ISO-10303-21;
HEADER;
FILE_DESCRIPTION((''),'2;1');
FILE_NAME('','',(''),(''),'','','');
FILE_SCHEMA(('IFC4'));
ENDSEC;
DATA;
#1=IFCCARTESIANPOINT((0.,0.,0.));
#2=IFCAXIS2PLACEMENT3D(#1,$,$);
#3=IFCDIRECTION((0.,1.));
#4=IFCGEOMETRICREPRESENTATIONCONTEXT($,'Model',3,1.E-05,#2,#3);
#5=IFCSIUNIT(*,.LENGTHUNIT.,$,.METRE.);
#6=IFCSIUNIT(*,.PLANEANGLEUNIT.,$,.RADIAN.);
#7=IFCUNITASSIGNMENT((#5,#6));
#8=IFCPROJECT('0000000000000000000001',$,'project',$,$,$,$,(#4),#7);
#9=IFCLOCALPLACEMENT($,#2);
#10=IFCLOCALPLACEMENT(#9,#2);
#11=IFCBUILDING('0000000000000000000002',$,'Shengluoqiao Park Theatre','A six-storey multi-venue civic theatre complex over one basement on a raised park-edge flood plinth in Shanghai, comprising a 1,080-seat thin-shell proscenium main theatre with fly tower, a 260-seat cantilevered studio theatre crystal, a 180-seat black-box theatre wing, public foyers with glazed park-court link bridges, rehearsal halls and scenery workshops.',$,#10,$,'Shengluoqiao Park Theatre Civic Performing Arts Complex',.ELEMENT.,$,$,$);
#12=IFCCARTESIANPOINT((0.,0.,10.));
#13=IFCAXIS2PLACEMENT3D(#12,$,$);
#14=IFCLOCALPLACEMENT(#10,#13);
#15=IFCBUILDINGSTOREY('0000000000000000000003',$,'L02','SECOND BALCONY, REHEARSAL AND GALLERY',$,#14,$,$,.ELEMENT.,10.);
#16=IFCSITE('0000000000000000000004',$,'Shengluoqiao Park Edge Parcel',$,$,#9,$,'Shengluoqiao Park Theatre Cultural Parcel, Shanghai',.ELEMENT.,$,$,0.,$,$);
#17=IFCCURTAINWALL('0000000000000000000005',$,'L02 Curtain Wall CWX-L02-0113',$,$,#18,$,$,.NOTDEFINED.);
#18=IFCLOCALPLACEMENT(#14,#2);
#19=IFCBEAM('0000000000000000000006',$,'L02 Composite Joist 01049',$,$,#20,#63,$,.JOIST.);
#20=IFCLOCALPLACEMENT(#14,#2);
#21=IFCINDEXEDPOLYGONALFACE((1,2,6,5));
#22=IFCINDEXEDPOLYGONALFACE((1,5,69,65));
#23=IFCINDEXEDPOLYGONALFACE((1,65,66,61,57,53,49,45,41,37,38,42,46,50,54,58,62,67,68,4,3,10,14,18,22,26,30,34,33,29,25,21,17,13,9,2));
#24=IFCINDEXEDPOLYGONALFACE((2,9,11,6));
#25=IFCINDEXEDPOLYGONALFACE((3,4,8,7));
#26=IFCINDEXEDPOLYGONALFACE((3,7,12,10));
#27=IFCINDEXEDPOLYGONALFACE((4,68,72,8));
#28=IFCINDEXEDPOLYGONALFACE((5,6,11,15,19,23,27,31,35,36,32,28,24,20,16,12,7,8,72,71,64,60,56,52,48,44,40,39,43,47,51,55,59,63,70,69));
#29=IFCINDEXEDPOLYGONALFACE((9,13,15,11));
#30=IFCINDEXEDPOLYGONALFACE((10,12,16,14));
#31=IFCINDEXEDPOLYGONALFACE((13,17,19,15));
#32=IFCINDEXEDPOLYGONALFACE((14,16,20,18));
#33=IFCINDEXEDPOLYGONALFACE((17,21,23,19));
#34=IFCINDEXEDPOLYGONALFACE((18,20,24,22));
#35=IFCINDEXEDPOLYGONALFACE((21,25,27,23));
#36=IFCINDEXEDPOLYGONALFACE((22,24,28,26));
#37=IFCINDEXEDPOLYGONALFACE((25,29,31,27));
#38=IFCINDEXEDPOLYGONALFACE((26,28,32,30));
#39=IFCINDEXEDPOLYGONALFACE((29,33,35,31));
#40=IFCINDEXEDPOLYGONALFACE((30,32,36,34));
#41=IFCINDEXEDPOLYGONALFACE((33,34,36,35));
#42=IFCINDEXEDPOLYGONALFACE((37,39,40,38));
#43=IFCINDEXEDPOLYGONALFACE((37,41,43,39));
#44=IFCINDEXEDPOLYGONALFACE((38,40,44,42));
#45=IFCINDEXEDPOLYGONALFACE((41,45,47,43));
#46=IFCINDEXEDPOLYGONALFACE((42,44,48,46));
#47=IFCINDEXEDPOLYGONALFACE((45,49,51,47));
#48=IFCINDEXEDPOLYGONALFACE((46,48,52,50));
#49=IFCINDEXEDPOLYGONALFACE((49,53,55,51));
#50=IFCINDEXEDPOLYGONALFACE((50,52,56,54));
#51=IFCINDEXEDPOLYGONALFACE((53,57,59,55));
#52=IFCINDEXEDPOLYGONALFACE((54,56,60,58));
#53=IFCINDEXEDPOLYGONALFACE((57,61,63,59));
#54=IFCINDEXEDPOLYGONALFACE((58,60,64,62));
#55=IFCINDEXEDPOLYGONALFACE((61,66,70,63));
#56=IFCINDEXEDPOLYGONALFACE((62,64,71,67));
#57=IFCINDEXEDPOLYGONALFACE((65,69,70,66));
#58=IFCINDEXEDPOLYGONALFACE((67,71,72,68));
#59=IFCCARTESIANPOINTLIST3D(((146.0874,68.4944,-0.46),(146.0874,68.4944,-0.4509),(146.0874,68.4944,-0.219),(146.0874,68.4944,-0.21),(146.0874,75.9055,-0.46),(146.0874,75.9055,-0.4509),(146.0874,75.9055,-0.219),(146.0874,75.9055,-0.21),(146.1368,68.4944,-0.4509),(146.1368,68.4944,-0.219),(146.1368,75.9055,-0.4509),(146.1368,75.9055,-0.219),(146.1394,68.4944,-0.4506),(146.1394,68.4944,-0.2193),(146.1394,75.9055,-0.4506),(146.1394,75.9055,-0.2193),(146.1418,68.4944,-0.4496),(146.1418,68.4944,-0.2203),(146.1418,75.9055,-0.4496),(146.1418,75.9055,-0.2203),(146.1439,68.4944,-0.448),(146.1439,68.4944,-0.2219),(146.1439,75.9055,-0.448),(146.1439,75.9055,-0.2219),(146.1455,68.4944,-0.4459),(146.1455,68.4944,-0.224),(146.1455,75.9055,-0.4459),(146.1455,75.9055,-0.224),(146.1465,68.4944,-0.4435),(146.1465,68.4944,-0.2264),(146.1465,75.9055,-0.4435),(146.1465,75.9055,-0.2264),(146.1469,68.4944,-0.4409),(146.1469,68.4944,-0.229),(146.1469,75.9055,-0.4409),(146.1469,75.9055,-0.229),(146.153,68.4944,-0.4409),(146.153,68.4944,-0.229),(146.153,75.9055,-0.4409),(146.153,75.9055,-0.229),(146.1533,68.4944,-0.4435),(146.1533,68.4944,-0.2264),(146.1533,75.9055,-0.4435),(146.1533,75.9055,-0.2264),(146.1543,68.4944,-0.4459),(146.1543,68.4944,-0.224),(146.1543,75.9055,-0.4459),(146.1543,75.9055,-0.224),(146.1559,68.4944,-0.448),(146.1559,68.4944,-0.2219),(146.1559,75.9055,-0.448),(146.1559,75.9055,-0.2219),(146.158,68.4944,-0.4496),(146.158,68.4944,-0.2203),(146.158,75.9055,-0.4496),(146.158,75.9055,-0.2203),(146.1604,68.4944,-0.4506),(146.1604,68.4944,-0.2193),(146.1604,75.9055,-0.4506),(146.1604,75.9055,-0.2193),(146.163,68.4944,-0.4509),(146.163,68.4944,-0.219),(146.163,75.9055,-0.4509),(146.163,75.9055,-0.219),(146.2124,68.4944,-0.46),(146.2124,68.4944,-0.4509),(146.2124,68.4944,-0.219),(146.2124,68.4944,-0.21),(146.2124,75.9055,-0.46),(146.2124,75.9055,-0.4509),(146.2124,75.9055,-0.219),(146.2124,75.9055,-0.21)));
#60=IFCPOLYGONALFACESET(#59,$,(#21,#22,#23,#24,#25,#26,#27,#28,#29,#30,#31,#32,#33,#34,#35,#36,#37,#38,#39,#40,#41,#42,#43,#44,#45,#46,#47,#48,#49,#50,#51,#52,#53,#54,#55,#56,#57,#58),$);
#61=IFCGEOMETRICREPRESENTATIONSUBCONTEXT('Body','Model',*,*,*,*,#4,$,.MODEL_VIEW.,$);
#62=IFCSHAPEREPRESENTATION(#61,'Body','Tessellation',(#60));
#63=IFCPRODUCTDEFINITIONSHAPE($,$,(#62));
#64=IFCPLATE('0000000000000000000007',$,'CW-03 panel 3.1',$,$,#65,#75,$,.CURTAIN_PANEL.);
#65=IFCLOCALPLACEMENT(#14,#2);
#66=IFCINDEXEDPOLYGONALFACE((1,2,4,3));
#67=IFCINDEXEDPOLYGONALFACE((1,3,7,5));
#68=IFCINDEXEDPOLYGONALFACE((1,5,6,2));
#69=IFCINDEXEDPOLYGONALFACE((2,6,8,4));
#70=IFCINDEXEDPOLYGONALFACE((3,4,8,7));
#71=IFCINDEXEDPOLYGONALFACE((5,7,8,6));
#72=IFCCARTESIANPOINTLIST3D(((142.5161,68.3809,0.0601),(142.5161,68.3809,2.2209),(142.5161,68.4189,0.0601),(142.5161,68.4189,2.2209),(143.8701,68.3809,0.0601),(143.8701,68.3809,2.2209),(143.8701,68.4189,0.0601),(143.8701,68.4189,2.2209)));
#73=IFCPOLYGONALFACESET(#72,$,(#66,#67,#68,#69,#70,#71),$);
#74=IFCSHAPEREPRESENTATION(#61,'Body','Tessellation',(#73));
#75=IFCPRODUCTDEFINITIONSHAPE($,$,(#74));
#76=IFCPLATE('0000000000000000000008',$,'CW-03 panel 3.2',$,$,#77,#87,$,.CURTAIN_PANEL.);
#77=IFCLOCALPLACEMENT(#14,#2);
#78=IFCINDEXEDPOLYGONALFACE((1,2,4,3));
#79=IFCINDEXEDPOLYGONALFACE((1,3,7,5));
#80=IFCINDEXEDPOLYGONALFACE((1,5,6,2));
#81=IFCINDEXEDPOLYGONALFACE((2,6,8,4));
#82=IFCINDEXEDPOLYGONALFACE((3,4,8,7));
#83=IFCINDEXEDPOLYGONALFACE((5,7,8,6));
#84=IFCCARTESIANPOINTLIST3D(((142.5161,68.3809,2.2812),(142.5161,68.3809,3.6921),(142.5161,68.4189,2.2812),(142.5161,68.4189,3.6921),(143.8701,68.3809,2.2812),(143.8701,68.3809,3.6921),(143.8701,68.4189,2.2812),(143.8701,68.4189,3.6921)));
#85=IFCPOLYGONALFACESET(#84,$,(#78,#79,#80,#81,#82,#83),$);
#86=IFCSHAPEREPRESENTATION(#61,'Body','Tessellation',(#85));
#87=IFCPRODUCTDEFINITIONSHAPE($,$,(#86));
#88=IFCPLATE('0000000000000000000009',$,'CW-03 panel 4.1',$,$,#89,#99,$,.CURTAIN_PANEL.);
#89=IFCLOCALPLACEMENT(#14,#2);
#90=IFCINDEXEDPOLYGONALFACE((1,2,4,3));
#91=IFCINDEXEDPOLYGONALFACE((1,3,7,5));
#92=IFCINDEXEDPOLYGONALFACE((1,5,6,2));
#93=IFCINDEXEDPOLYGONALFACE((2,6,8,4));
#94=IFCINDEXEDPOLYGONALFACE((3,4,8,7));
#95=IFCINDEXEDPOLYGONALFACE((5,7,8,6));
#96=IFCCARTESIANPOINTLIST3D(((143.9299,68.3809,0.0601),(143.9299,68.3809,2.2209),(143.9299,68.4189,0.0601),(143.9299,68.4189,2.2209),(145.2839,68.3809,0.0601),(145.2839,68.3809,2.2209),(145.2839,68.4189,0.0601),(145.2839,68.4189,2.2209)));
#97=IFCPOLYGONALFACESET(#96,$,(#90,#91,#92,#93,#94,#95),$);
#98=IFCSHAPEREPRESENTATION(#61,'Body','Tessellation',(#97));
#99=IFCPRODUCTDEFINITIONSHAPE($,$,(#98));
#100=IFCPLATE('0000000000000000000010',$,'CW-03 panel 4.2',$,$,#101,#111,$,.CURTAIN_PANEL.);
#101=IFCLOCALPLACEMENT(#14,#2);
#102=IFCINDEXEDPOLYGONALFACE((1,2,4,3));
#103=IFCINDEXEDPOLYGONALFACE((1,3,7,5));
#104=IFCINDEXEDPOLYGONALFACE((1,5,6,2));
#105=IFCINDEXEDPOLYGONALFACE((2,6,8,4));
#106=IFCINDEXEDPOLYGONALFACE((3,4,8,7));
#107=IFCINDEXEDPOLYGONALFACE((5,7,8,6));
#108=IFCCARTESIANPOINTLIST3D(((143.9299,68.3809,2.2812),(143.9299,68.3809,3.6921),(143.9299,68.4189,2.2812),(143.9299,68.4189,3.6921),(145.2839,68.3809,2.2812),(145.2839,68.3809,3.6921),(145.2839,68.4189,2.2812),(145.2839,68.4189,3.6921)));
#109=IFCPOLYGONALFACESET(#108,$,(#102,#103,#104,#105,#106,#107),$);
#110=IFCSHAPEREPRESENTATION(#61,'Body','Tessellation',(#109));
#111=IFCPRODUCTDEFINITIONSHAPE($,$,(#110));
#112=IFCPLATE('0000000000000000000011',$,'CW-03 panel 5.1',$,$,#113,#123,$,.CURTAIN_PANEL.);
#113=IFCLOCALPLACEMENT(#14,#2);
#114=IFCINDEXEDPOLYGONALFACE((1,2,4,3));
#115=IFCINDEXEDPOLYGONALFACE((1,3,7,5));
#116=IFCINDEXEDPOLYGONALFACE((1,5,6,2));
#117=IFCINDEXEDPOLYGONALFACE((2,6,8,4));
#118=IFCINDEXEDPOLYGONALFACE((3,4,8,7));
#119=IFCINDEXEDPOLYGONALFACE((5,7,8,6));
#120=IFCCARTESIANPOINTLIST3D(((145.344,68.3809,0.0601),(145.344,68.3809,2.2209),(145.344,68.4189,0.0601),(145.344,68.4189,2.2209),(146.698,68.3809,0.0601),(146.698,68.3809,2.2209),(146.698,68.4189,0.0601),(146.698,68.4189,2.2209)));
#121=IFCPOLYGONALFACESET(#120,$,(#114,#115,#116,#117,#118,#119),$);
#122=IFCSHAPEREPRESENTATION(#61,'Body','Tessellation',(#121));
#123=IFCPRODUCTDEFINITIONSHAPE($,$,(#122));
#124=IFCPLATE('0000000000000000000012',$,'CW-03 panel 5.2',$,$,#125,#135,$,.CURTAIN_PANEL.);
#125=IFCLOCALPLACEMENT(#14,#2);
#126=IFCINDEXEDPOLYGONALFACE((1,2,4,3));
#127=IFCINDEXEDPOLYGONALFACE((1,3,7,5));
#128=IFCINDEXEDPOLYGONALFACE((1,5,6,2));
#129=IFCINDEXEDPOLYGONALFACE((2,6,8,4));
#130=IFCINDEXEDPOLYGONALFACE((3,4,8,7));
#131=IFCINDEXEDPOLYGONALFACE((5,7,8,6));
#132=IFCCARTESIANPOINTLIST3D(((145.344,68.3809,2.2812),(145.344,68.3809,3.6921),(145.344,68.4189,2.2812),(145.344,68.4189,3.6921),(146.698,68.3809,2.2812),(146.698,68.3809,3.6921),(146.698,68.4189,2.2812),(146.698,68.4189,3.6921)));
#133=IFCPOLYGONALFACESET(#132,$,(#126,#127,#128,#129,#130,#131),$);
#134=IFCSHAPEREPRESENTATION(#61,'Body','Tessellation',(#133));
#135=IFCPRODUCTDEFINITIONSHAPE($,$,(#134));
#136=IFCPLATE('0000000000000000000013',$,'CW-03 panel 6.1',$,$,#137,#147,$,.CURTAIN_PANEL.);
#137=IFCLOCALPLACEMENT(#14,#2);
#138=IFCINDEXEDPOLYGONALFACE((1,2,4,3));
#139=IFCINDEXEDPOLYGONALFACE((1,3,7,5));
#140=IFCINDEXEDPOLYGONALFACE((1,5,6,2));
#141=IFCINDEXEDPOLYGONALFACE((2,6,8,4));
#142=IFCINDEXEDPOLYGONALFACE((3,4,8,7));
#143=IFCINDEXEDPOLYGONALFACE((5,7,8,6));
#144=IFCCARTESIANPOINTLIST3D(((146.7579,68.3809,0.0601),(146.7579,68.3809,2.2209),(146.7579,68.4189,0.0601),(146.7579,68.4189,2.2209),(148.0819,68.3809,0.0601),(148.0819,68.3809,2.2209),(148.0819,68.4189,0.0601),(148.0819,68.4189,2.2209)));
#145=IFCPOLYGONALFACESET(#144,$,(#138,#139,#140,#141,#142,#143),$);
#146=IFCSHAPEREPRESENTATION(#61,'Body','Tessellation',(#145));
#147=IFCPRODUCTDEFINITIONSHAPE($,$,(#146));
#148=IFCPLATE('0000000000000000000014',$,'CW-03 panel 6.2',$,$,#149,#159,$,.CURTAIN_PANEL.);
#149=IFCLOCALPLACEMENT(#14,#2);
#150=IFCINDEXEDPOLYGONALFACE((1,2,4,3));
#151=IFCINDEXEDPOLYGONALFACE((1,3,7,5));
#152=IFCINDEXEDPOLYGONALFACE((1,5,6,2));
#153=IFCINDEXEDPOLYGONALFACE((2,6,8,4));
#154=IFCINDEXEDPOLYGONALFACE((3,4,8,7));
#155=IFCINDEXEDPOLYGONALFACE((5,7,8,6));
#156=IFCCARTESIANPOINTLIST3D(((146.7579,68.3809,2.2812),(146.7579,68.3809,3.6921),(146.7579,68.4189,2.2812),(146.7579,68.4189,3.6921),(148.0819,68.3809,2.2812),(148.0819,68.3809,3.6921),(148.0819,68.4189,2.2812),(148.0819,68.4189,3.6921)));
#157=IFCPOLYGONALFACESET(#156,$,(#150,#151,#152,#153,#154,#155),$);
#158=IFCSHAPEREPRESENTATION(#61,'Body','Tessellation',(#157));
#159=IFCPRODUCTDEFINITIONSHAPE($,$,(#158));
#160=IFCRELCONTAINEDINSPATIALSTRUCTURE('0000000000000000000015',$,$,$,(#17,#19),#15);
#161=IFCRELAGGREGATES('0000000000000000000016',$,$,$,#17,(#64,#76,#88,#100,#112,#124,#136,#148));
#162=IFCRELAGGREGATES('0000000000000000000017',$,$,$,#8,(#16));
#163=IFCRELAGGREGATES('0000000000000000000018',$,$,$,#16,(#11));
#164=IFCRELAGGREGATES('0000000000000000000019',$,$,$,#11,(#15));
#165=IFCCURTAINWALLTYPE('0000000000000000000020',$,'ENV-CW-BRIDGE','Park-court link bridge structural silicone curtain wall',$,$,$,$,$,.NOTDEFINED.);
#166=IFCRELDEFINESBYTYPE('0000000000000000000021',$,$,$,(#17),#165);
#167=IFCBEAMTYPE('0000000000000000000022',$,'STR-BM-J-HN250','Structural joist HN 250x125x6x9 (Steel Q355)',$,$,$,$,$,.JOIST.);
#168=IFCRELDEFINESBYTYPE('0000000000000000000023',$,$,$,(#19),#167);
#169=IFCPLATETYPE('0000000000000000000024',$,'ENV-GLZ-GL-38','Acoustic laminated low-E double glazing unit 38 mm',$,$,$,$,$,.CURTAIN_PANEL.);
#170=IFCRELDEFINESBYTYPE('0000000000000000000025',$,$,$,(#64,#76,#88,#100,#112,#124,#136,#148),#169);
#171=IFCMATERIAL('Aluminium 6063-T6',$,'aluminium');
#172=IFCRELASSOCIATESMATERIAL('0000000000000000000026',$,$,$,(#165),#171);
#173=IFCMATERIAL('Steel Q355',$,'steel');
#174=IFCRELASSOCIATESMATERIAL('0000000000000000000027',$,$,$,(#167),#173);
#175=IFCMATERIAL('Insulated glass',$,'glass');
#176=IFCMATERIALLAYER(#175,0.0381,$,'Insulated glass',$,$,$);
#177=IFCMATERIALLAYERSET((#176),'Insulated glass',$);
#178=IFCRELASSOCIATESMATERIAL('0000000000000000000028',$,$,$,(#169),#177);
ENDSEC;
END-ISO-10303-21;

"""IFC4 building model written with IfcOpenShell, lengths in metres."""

from ifc_helpers import new_model, si_unit, direction, frame, origin, origin_2d, place, context, subcontext, project, spatial, rectangle, i_section, extrude, material, layer, layer_set, material_profile, profile_set, type_object, element, aggregate, save


model = new_model("IFC4")

# Units and contexts
model_context = context("Model", 3, precision=1e-05, world=origin(), true_north=direction((0.0, 1.0)))
body_context = subcontext(model_context, "Body", "Model", "MODEL_VIEW")
ifc_project = project(units=[si_unit("LENGTHUNIT", "METRE"), si_unit("PLANEANGLEUNIT", "RADIAN")], contexts=[model_context])

# Site, building, storey
site_placement = place(None, origin())
site = spatial("IfcSite", under=ifc_project, at=site_placement, Name="Shengluoqiao Park Edge Parcel", LongName="Shengluoqiao Park Theatre Cultural Parcel, Shanghai", CompositionType="ELEMENT", RefElevation=0.0)
building_placement = place(site_placement, origin())
building = spatial("IfcBuilding", under=site, at=building_placement, Name="Shengluoqiao Park Theatre", Description="A six-storey multi-venue civic theatre complex over one basement on a raised park-edge flood plinth in Shanghai, comprising a 1,080-seat thin-shell proscenium main theatre with fly tower, a 260-seat cantilevered studio theatre crystal, a 180-seat black-box theatre wing, public foyers with glazed park-court link bridges, rehearsal halls and scenery workshops.", LongName="Shengluoqiao Park Theatre Civic Performing Arts Complex", CompositionType="ELEMENT")
storey_placement = place(building_placement, frame((0.0, 0.0, 10.0)))
storey = spatial("IfcBuildingStorey", under=building, at=storey_placement, Name="L02", Description="SECOND BALCONY, REHEARSAL AND GALLERY", CompositionType="ELEMENT", Elevation=10.0)

# Curtain wall
ifc_material_1 = material(Name="Aluminium 6063-T6", Category="aluminium")
curtain_wall_type = type_object("IfcCurtainWallType", Name="ENV-CW-BRIDGE", Description="Park-court link bridge structural silicone curtain wall", PredefinedType="NOTDEFINED", material=ifc_material_1)
curtain_wall_placement = place(storey_placement, origin())
curtain_wall = element("IfcCurtainWall", 1, at=curtain_wall_placement, inside=storey, type_object=curtain_wall_type, Name="L02 Curtain Wall CWX-L02-0113", PredefinedType="NOTDEFINED")

# Beam
ifc_material_2 = material(Name="Steel Q355", Category="steel")
ifc_material_profile_1 = material_profile(ifc_material_2, i_section(OverallWidth=0.125, OverallDepth=0.25, WebThickness=0.0061, FlangeThickness=0.009, FilletRadius=0.01, at=origin_2d()), Name="HN 250x125x6x9")
ifc_profile_set_1 = profile_set([ifc_material_profile_1], Name="Steel Q355")
beam_type = type_object("IfcBeamType", Name="STR-BM-J-HN250", Description="Structural joist HN 250x125x6x9 (Steel Q355)", PredefinedType="JOIST", material=ifc_profile_set_1)
for number, where, z_axis, x_axis, name in (
    (2, (146.1499, 68.4944, -0.335), (0.0, 1.0, 0.0), (-1.0, 0.0, 0.0), "L02 Composite Joist 01049"),
):
    element("IfcBeam", number, at=place(storey_placement, frame(where, z_axis=z_axis, x_axis=x_axis)), inside=storey, type_object=beam_type, Name=name, PredefinedType="JOIST", context=body_context, shape_type="SweptSolid", body=[
        extrude(i_section(OverallWidth=0.125, OverallDepth=0.25, WebThickness=0.0061, FlangeThickness=0.009, FilletRadius=0.01, at=origin_2d()), origin(), (0.0, 0.0, 1.0), 7.4111),
    ])

# Plates
ifc_material_3 = material(Name="Insulated glass", Category="glass")
ifc_layer = layer(ifc_material_3, 0.0381, Name="Insulated glass")
ifc_layer_set = layer_set([ifc_layer], Name="Insulated glass")
plate_type = type_object("IfcPlateType", Name="ENV-GLZ-GL-38", Description="Acoustic laminated low-E double glazing unit 38 mm", PredefinedType="CURTAIN_PANEL", material=ifc_layer_set)
plate_1_placement = place(storey_placement, frame((143.1931, 68.3999, 0.0601), z_axis=(0.0, 0.0, 1.0), x_axis=(1.0, 0.0, 0.0)))
plate_1 = element("IfcPlate", 3, at=plate_1_placement, type_object=plate_type, Name="CW-03 panel 3.1", PredefinedType="CURTAIN_PANEL", context=body_context, shape_type="SweptSolid", body=[
    extrude(rectangle(XDim=1.354, YDim=0.0381, at=origin_2d()), origin(), (0.0, 0.0, 1.0), 2.1609),
])
plate_2_placement = place(storey_placement, frame((143.1931, 68.3999, 2.2812), z_axis=(0.0, 0.0, 1.0), x_axis=(1.0, 0.0, 0.0)))
plate_2 = element("IfcPlate", 4, at=plate_2_placement, type_object=plate_type, Name="CW-03 panel 3.2", PredefinedType="CURTAIN_PANEL", context=body_context, shape_type="SweptSolid", body=[
    extrude(rectangle(XDim=1.354, YDim=0.0381, at=origin_2d()), origin(), (0.0, 0.0, 1.0), 1.4109),
])
plate_3_placement = place(storey_placement, frame((144.6069, 68.3999, 0.0601), z_axis=(0.0, 0.0, 1.0), x_axis=(1.0, 0.0, 0.0)))
plate_3 = element("IfcPlate", 5, at=plate_3_placement, type_object=plate_type, Name="CW-03 panel 4.1", PredefinedType="CURTAIN_PANEL", context=body_context, shape_type="SweptSolid", body=[
    extrude(rectangle(XDim=1.354, YDim=0.0381, at=origin_2d()), origin(), (0.0, 0.0, 1.0), 2.1609),
])
plate_4_placement = place(storey_placement, frame((144.6069, 68.3999, 2.2812), z_axis=(0.0, 0.0, 1.0), x_axis=(1.0, 0.0, 0.0)))
plate_4 = element("IfcPlate", 6, at=plate_4_placement, type_object=plate_type, Name="CW-03 panel 4.2", PredefinedType="CURTAIN_PANEL", context=body_context, shape_type="SweptSolid", body=[
    extrude(rectangle(XDim=1.354, YDim=0.0381, at=origin_2d()), origin(), (0.0, 0.0, 1.0), 1.4109),
])
plate_5_placement = place(storey_placement, frame((146.021, 68.3999, 0.0601), z_axis=(0.0, 0.0, 1.0), x_axis=(1.0, 0.0, 0.0)))
plate_5 = element("IfcPlate", 7, at=plate_5_placement, type_object=plate_type, Name="CW-03 panel 5.1", PredefinedType="CURTAIN_PANEL", context=body_context, shape_type="SweptSolid", body=[
    extrude(rectangle(XDim=1.354, YDim=0.0381, at=origin_2d()), origin(), (0.0, 0.0, 1.0), 2.1609),
])
plate_6_placement = place(storey_placement, frame((146.021, 68.3999, 2.2812), z_axis=(0.0, 0.0, 1.0), x_axis=(1.0, 0.0, 0.0)))
plate_6 = element("IfcPlate", 8, at=plate_6_placement, type_object=plate_type, Name="CW-03 panel 5.2", PredefinedType="CURTAIN_PANEL", context=body_context, shape_type="SweptSolid", body=[
    extrude(rectangle(XDim=1.354, YDim=0.0381, at=origin_2d()), origin(), (0.0, 0.0, 1.0), 1.4109),
])
plate_7_placement = place(storey_placement, frame((147.4199, 68.3999, 0.0601), z_axis=(0.0, 0.0, 1.0), x_axis=(1.0, 0.0, 0.0)))
plate_7 = element("IfcPlate", 9, at=plate_7_placement, type_object=plate_type, Name="CW-03 panel 6.1", PredefinedType="CURTAIN_PANEL", context=body_context, shape_type="SweptSolid", body=[
    extrude(rectangle(XDim=1.324, YDim=0.0381, at=origin_2d()), origin(), (0.0, 0.0, 1.0), 2.1609),
])
plate_8_placement = place(storey_placement, frame((147.4199, 68.3999, 2.2812), z_axis=(0.0, 0.0, 1.0), x_axis=(1.0, 0.0, 0.0)))
plate_8 = element("IfcPlate", 10, at=plate_8_placement, type_object=plate_type, Name="CW-03 panel 6.2", PredefinedType="CURTAIN_PANEL", context=body_context, shape_type="SweptSolid", body=[
    extrude(rectangle(XDim=1.324, YDim=0.0381, at=origin_2d()), origin(), (0.0, 0.0, 1.0), 1.4109),
])
aggregate(curtain_wall, [plate_1, plate_2, plate_3, plate_4, plate_5, plate_6, plate_7, plate_8])

save(model, "model.ifc")
